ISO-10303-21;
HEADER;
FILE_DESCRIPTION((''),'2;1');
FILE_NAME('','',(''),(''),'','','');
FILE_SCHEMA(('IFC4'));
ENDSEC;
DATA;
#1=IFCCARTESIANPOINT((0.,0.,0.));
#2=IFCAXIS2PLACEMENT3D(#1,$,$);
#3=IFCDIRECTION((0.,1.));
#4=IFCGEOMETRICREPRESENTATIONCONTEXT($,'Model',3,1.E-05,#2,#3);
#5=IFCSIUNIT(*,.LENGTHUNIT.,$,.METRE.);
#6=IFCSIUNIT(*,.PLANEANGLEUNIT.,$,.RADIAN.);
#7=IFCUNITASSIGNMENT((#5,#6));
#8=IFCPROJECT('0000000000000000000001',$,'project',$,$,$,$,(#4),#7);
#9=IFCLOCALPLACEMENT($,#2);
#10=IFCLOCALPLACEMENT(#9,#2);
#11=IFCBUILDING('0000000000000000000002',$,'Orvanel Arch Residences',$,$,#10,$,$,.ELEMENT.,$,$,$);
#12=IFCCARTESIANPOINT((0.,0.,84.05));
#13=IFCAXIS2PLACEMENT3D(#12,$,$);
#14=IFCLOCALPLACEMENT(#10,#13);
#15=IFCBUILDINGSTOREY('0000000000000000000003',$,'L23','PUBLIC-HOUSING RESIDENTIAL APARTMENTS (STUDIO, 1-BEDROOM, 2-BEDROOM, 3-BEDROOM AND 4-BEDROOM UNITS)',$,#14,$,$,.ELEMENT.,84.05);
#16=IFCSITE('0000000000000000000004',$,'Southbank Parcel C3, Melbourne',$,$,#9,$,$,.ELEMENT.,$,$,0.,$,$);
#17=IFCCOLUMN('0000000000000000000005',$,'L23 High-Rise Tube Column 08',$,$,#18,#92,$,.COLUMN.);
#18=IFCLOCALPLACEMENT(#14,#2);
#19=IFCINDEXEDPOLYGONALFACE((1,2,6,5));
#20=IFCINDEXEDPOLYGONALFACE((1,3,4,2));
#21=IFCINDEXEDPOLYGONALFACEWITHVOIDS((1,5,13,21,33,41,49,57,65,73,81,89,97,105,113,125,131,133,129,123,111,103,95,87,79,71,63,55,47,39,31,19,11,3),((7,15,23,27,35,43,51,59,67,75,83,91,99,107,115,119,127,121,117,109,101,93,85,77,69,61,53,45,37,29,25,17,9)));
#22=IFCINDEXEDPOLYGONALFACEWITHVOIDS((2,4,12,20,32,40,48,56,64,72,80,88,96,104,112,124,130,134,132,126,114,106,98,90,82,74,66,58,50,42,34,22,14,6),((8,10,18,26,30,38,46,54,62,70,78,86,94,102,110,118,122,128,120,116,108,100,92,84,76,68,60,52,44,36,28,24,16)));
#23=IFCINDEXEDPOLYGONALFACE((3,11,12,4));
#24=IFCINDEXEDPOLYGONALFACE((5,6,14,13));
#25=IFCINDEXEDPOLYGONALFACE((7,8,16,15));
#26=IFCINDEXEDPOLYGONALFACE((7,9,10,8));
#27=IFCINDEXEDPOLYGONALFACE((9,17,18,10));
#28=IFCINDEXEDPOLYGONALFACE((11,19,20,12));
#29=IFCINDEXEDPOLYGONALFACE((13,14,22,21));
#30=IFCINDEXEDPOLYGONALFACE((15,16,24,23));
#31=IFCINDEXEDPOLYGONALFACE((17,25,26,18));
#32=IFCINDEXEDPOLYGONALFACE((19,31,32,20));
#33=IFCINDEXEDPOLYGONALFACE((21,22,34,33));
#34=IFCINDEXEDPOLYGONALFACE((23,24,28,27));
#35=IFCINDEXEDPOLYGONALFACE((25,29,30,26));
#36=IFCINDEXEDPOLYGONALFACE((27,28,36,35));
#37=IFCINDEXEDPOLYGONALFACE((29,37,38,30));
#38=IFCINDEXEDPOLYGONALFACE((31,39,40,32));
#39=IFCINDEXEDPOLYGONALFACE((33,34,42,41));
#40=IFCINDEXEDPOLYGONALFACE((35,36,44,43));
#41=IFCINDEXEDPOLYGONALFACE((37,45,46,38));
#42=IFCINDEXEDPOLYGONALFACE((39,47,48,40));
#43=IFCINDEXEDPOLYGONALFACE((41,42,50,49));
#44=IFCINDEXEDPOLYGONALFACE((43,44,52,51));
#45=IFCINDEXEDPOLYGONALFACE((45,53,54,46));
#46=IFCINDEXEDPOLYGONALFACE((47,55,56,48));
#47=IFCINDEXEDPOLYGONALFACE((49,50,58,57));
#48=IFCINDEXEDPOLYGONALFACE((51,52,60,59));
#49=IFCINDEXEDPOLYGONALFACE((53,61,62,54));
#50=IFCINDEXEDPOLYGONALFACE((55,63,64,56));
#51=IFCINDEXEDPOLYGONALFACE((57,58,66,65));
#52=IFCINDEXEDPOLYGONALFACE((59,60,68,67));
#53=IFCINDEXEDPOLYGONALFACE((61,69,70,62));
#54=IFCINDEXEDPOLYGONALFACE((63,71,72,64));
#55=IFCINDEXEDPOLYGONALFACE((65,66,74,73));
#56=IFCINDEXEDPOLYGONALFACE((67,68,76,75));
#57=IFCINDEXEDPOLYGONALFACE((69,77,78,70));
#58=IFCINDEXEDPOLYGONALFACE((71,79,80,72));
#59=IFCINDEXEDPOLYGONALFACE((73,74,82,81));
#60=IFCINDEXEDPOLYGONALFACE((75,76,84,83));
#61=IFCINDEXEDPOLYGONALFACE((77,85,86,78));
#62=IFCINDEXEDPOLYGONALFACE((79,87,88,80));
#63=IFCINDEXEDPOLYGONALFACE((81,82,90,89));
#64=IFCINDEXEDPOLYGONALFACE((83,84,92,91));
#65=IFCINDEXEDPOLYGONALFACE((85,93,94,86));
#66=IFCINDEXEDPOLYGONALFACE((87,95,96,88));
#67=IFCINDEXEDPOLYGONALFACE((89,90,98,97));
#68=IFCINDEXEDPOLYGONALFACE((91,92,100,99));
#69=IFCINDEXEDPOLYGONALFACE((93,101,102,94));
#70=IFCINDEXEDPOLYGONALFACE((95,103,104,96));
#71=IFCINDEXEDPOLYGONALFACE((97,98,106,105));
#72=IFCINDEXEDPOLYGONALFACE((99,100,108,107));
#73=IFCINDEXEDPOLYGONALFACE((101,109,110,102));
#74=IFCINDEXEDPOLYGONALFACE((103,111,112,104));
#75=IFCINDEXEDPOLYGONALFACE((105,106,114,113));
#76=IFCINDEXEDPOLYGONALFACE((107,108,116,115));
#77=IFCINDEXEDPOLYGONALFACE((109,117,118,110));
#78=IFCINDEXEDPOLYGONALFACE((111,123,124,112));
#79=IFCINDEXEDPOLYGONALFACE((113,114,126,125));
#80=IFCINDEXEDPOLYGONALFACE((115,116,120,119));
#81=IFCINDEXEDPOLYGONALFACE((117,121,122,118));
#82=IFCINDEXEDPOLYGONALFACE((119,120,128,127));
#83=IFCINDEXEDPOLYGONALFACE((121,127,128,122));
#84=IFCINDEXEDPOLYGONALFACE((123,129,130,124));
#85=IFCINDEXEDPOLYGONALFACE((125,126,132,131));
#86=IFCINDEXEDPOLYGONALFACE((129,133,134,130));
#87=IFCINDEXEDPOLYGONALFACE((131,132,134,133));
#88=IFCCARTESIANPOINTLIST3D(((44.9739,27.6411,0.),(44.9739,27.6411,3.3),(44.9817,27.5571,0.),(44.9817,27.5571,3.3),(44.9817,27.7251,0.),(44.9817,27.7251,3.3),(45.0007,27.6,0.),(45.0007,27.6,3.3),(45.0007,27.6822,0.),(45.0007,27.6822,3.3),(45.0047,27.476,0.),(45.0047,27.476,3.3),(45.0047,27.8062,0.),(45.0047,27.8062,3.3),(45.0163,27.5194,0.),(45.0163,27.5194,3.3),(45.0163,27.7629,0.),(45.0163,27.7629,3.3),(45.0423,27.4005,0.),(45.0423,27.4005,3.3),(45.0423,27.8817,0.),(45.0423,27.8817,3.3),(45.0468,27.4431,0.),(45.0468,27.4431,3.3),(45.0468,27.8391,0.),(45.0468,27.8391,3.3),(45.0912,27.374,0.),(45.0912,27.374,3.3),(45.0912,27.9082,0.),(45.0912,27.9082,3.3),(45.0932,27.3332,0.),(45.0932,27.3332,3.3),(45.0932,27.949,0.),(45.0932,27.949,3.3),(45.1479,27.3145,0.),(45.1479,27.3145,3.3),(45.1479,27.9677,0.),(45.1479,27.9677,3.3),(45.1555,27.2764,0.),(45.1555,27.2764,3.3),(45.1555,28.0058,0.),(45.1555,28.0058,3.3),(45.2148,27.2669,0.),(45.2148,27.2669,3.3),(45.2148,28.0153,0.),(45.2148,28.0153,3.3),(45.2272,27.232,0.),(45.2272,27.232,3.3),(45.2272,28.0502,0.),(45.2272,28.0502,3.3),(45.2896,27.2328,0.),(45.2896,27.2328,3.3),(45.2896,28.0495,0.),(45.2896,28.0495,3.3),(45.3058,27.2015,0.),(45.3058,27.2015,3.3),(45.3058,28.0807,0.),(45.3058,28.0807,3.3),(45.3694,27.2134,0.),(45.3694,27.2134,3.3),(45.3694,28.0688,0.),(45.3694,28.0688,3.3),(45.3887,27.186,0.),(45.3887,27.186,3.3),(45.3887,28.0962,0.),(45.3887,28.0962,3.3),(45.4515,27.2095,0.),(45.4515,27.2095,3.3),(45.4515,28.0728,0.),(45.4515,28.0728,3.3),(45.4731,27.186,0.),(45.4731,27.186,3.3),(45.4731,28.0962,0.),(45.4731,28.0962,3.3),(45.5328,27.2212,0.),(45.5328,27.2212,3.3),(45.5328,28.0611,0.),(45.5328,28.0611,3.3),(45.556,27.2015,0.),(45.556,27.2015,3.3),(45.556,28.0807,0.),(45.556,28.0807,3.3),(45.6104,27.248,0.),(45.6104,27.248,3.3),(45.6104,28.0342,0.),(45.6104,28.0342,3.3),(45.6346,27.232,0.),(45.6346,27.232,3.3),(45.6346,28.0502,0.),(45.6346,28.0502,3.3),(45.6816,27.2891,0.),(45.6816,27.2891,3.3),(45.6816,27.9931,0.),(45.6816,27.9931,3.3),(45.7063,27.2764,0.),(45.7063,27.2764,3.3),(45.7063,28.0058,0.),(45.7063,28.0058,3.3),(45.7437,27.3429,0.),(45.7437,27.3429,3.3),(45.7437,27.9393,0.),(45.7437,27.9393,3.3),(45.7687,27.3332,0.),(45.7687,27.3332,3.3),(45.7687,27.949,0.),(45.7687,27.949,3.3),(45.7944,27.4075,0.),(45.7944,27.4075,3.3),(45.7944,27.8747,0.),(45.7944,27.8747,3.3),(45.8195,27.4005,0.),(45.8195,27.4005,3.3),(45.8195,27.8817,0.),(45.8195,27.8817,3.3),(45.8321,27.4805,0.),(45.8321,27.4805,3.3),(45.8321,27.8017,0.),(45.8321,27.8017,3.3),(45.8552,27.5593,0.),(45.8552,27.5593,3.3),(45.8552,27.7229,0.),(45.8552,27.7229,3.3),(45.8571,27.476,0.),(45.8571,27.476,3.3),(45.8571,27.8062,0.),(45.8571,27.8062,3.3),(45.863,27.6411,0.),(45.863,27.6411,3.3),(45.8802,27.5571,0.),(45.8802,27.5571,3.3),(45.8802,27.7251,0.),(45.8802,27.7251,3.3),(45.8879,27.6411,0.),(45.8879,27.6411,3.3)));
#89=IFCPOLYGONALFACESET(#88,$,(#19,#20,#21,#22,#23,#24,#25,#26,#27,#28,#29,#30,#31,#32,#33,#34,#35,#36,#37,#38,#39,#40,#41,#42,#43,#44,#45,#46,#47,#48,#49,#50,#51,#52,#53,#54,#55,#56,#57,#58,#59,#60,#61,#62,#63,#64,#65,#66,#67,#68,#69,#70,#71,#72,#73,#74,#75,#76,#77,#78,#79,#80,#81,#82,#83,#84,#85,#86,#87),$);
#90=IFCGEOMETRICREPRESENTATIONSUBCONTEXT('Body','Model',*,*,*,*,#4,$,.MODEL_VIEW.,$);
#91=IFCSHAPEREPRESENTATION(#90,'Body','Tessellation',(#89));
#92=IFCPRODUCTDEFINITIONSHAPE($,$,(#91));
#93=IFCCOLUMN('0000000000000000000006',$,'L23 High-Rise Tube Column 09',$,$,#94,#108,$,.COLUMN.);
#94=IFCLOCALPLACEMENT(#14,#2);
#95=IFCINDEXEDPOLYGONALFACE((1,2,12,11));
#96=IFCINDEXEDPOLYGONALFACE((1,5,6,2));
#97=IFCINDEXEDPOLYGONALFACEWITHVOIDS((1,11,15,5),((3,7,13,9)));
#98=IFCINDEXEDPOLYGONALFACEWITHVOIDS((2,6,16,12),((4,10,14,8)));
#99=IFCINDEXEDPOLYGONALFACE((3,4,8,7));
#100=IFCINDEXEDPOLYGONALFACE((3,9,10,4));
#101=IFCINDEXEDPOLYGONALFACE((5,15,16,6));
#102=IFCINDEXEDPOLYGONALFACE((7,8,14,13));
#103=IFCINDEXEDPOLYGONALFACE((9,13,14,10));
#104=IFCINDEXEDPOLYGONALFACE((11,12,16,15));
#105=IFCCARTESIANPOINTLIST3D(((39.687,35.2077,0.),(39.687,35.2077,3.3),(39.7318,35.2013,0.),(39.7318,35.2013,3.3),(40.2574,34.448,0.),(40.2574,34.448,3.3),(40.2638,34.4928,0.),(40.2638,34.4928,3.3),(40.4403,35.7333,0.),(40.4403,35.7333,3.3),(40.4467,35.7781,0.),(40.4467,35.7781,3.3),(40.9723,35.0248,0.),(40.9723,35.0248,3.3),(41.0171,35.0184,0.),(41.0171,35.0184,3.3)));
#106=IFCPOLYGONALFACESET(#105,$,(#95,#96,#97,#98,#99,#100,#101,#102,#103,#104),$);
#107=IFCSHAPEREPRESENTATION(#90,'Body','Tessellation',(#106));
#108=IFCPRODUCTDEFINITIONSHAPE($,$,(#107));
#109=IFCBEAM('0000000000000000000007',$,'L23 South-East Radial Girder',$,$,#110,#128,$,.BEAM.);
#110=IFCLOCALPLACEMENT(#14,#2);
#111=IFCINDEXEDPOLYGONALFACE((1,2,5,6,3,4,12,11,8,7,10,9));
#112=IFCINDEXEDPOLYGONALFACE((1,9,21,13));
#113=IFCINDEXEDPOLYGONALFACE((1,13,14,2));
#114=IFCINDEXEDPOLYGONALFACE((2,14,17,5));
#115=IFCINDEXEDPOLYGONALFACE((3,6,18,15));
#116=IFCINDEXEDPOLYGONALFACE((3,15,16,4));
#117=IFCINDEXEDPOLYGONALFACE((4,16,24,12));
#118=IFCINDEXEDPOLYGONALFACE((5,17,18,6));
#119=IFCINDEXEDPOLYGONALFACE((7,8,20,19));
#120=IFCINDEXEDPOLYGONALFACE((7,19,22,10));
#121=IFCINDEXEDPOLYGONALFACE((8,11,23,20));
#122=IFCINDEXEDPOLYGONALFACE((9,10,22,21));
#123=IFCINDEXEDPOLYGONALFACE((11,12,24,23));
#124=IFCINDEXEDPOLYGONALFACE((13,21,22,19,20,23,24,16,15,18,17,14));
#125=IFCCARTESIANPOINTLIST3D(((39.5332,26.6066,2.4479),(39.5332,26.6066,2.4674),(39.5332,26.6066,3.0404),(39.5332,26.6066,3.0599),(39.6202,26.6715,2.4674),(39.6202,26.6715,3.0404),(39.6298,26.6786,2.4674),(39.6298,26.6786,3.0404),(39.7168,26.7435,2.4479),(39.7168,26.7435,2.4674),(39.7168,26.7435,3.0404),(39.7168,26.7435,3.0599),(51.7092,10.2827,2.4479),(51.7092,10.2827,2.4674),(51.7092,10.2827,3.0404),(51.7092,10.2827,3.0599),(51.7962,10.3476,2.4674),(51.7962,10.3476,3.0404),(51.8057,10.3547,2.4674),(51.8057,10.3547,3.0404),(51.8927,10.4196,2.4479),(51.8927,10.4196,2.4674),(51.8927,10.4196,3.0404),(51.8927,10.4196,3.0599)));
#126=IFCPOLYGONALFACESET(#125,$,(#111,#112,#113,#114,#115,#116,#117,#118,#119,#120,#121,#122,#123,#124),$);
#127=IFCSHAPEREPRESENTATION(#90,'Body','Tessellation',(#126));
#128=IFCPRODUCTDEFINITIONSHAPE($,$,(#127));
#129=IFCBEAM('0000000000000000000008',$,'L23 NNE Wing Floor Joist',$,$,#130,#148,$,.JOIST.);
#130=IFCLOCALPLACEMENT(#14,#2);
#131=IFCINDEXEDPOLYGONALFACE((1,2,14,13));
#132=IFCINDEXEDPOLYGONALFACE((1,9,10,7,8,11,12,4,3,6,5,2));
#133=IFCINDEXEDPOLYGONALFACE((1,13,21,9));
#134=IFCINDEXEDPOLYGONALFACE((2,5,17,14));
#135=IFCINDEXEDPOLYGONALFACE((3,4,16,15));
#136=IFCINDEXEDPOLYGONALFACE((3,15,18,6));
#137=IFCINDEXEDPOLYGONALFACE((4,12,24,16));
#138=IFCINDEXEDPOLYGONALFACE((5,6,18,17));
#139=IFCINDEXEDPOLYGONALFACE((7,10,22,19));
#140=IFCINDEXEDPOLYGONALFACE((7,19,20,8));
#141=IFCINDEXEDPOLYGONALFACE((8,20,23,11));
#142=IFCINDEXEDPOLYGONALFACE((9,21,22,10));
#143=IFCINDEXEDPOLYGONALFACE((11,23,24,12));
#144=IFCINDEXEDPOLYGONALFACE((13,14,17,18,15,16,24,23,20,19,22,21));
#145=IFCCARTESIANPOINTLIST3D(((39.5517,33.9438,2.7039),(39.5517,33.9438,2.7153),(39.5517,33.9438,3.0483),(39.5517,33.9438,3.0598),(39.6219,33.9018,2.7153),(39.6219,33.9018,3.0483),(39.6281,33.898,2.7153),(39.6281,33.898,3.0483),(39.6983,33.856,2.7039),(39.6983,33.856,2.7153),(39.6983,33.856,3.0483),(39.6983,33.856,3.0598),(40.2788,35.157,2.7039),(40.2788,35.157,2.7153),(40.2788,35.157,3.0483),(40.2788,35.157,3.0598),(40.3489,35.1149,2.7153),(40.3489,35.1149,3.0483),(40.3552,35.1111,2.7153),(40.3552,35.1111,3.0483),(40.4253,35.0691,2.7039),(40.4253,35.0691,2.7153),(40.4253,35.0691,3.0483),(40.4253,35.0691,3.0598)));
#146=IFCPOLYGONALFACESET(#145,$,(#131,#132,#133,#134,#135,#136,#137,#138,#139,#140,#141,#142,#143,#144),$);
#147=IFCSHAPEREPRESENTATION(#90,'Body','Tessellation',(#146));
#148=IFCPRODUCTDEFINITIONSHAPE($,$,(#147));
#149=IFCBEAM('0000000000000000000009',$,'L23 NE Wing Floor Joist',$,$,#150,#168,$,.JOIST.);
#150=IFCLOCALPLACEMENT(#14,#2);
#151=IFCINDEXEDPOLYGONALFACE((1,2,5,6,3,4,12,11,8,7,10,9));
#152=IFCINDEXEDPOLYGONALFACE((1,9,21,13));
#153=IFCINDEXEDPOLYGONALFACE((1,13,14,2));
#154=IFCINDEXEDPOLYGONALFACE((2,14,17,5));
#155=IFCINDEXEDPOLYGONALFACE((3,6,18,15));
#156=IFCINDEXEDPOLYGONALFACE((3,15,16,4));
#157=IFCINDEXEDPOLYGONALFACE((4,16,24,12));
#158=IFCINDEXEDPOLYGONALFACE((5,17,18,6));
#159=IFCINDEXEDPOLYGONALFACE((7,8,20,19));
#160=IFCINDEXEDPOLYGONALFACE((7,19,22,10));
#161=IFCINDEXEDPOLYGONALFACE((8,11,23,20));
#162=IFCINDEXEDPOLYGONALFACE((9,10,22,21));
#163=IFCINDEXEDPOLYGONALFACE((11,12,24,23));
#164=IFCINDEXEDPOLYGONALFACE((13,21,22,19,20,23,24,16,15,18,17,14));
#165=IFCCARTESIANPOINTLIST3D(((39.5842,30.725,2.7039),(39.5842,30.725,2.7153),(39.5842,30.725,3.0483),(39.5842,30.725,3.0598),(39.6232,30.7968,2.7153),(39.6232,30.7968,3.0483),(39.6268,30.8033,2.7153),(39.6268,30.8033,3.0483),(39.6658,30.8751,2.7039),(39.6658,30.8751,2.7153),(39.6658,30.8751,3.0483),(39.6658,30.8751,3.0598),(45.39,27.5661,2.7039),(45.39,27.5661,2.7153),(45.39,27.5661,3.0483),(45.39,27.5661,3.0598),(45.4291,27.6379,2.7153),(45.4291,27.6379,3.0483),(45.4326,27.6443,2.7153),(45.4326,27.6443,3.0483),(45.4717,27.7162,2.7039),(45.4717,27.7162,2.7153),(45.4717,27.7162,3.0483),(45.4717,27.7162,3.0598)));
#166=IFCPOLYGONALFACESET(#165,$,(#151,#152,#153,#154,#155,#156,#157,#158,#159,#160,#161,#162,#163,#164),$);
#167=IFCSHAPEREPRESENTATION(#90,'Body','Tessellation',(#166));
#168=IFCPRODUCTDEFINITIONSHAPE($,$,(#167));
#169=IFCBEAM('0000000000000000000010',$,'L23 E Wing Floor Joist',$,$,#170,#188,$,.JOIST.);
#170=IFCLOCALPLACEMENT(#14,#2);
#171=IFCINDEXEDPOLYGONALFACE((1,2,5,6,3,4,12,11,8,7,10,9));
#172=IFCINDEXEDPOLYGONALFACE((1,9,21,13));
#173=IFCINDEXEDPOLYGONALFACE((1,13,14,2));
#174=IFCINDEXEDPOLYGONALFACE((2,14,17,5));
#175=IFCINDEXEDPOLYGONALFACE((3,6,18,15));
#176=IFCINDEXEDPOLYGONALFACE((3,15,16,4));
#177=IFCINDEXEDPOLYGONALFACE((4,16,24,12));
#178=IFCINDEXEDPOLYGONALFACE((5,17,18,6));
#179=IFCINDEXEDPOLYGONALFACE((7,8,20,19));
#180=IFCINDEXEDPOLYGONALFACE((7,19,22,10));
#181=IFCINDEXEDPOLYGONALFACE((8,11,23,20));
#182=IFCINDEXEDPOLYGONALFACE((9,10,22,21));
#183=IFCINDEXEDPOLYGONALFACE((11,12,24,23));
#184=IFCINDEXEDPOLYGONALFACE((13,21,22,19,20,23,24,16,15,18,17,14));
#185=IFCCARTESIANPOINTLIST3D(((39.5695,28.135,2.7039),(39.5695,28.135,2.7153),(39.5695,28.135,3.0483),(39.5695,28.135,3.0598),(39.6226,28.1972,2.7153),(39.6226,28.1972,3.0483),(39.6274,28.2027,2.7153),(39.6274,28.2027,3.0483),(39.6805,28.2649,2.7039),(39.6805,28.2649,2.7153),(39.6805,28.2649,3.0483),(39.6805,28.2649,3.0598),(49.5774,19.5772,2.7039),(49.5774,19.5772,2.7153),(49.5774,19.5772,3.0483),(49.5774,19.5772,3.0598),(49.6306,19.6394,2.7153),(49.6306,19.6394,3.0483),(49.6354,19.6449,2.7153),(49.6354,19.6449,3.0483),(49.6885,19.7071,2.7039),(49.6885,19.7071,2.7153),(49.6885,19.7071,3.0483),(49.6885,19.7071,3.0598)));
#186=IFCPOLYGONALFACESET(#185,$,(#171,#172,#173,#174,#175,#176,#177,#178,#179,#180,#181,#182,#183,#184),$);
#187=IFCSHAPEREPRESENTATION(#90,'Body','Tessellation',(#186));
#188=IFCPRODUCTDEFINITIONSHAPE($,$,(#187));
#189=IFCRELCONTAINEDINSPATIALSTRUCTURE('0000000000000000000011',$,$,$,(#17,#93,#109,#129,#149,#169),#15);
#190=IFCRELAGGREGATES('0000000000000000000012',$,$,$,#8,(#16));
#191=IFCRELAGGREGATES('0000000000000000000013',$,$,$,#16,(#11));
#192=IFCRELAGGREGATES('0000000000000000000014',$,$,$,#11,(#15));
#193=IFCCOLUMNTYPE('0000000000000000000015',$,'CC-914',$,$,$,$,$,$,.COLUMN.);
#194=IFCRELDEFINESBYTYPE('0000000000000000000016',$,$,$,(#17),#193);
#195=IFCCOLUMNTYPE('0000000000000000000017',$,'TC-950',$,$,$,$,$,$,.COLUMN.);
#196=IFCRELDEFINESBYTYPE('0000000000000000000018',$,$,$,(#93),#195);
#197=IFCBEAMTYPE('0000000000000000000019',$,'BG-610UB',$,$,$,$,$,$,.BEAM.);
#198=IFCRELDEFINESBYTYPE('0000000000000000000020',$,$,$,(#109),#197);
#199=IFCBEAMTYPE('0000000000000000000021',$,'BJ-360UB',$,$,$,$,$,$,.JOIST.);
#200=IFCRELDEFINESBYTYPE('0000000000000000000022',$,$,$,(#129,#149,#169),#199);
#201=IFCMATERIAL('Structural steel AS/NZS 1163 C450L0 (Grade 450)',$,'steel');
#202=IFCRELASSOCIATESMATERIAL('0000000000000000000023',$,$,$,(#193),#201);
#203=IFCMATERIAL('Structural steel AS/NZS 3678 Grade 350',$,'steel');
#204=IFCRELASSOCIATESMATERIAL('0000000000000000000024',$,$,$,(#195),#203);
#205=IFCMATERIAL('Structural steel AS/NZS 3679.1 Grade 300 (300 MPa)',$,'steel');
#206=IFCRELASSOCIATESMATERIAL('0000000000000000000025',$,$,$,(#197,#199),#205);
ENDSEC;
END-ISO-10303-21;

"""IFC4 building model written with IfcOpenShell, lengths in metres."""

from ifc_helpers import new_model, si_unit, direction, frame, origin, origin_2d, place, context, subcontext, project, spatial, hollow_rectangle, hollow_circle, i_section, extrude, material, material_profile, profile_set, type_object, element, save


model = new_model("IFC4")

# Units and contexts
model_context = context("Model", 3, precision=1e-05, world=origin(), true_north=direction((0.0, 1.0)))
body_context = subcontext(model_context, "Body", "Model", "MODEL_VIEW")
ifc_project = project(units=[si_unit("LENGTHUNIT", "METRE"), si_unit("PLANEANGLEUNIT", "RADIAN")], contexts=[model_context])

# Site, building, storey
site_placement = place(None, origin())
site = spatial("IfcSite", under=ifc_project, at=site_placement, Name="Southbank Parcel C3, Melbourne", CompositionType="ELEMENT", RefElevation=0.0)
building_placement = place(site_placement, origin())
building = spatial("IfcBuilding", under=site, at=building_placement, Name="Orvanel Arch Residences", CompositionType="ELEMENT")
storey_placement = place(building_placement, frame((0.0, 0.0, 84.05)))
storey = spatial("IfcBuildingStorey", under=building, at=storey_placement, Name="L23", Description="PUBLIC-HOUSING RESIDENTIAL APARTMENTS (STUDIO, 1-BEDROOM, 2-BEDROOM, 3-BEDROOM AND 4-BEDROOM UNITS)", CompositionType="ELEMENT", Elevation=84.05)

# Columns
ifc_material_1 = material(Name="Structural steel AS/NZS 1163 C450L0 (Grade 450)", Category="steel")
ifc_material_profile_1 = material_profile(ifc_material_1, hollow_circle(Radius=0.457, WallThickness=0.0249, at=origin_2d()), Name="CHS914x25")
ifc_profile_set_1 = profile_set([ifc_material_profile_1], Name="Structural steel AS/NZS 1163 C450L0 (Grade 450)")
column_type_1 = type_object("IfcColumnType", Name="CC-914", PredefinedType="COLUMN", material=ifc_profile_set_1)
column_1_placement = place(storey_placement, frame((45.4309, 27.6411, 0.0), z_axis=(0.0, 0.0, 1.0), x_axis=(1.0, 0.0, 0.0)))
element("IfcColumn", 1, at=column_1_placement, inside=storey, type_object=column_type_1, Name="L23 High-Rise Tube Column 08", PredefinedType="COLUMN", context=body_context, shape_type="SweptSolid", body=[
    extrude(hollow_circle(Radius=0.457, WallThickness=0.0249, at=origin_2d()), origin(), (0.0, 0.0, 1.0), 3.3),
])
ifc_material_2 = material(Name="Structural steel AS/NZS 3678 Grade 350", Category="steel")
ifc_material_profile_2 = material_profile(ifc_material_2, hollow_rectangle(XDim=0.95, YDim=0.95, WallThickness=0.032, at=origin_2d()), Name="BOX950x950x32")
ifc_profile_set_2 = profile_set([ifc_material_profile_2], Name="Structural steel AS/NZS 3678 Grade 350")
column_type_2 = type_object("IfcColumnType", Name="TC-950", PredefinedType="COLUMN", material=ifc_profile_set_2)
column_2_placement = place(storey_placement, frame((40.3521, 35.113, 0.0), z_axis=(0.0, 0.0, 1.0), x_axis=(-0.60042, 0.799685, 0.0)))
element("IfcColumn", 2, at=column_2_placement, inside=storey, type_object=column_type_2, Name="L23 High-Rise Tube Column 09", PredefinedType="COLUMN", context=body_context, shape_type="SweptSolid", body=[
    extrude(hollow_rectangle(XDim=0.95, YDim=0.95, WallThickness=0.032, at=origin_2d()), origin(), (0.0, 0.0, 1.0), 3.3),
])

# Beams
ifc_material_3 = material(Name="Structural steel AS/NZS 3679.1 Grade 300 (300 MPa)", Category="steel")
ifc_material_profile_3 = material_profile(ifc_material_3, i_section(OverallWidth=0.229, OverallDepth=0.6121, WebThickness=0.012, FlangeThickness=0.0195, at=origin_2d()), Name="610UB125")
ifc_profile_set_3 = profile_set([ifc_material_profile_3], Name="Structural steel AS/NZS 3679.1 Grade 300 (300 MPa)")
beam_type_1 = type_object("IfcBeamType", Name="BG-610UB", PredefinedType="BEAM", material=ifc_profile_set_3)
beam_1_placement = place(storey_placement, frame((39.625, 26.675, 2.7539), z_axis=(0.597894, -0.801575, 0.0), x_axis=(0.801575, 0.597894, 0.0)))
element("IfcBeam", 3, at=beam_1_placement, inside=storey, type_object=beam_type_1, Name="L23 South-East Radial Girder", PredefinedType="BEAM", context=body_context, shape_type="SweptSolid", body=[
    extrude(i_section(OverallWidth=0.229, OverallDepth=0.6121, WebThickness=0.012, FlangeThickness=0.0195, at=origin_2d()), origin(), (0.0, 0.0, 1.0), 20.3647),
])
ifc_material_profile_4 = material_profile(ifc_material_3, i_section(OverallWidth=0.1709, OverallDepth=0.356, WebThickness=0.0073, FlangeThickness=0.0115, at=origin_2d()), Name="360UB50.7")
ifc_profile_set_4 = profile_set([ifc_material_profile_4], Name="Structural steel AS/NZS 3679.1 Grade 300 (300 MPa)")
beam_type_2 = type_object("IfcBeamType", Name="BJ-360UB", PredefinedType="JOIST", material=ifc_profile_set_4)
beam_2_placement = place(storey_placement, frame((39.625, 33.8999, 2.8818), z_axis=(0.514064, 0.857752, 0.0), x_axis=(-0.857752, 0.514064, 0.0)))
element("IfcBeam", 4, at=beam_2_placement, inside=storey, type_object=beam_type_2, Name="L23 NNE Wing Floor Joist", PredefinedType="JOIST", context=body_context, shape_type="SweptSolid", body=[
    extrude(i_section(OverallWidth=0.1709, OverallDepth=0.356, WebThickness=0.0073, FlangeThickness=0.0115, at=origin_2d()), origin(), (0.0, 0.0, 1.0), 1.4143),
])
beam_3_placement = place(storey_placement, frame((39.625, 30.8, 2.8818), z_axis=(0.878399, -0.477928, 0.0), x_axis=(0.477928, 0.878399, 0.0)))
element("IfcBeam", 5, at=beam_3_placement, inside=storey, type_object=beam_type_2, Name="L23 NE Wing Floor Joist", PredefinedType="JOIST", context=body_context, shape_type="SweptSolid", body=[
    extrude(i_section(OverallWidth=0.1709, OverallDepth=0.356, WebThickness=0.0073, FlangeThickness=0.0115, at=origin_2d()), origin(), (0.0, 0.0, 1.0), 6.6096),
])
beam_4_placement = place(storey_placement, frame((39.625, 28.2, 2.8818), z_axis=(0.760024, -0.649895, 0.0), x_axis=(0.649895, 0.760024, 0.0)))
element("IfcBeam", 6, at=beam_4_placement, inside=storey, type_object=beam_type_2, Name="L23 E Wing Floor Joist", PredefinedType="JOIST", context=body_context, shape_type="SweptSolid", body=[
    extrude(i_section(OverallWidth=0.1709, OverallDepth=0.356, WebThickness=0.0073, FlangeThickness=0.0115, at=origin_2d()), origin(), (0.0, 0.0, 1.0), 13.168),
])

save(model, "model.ifc")
